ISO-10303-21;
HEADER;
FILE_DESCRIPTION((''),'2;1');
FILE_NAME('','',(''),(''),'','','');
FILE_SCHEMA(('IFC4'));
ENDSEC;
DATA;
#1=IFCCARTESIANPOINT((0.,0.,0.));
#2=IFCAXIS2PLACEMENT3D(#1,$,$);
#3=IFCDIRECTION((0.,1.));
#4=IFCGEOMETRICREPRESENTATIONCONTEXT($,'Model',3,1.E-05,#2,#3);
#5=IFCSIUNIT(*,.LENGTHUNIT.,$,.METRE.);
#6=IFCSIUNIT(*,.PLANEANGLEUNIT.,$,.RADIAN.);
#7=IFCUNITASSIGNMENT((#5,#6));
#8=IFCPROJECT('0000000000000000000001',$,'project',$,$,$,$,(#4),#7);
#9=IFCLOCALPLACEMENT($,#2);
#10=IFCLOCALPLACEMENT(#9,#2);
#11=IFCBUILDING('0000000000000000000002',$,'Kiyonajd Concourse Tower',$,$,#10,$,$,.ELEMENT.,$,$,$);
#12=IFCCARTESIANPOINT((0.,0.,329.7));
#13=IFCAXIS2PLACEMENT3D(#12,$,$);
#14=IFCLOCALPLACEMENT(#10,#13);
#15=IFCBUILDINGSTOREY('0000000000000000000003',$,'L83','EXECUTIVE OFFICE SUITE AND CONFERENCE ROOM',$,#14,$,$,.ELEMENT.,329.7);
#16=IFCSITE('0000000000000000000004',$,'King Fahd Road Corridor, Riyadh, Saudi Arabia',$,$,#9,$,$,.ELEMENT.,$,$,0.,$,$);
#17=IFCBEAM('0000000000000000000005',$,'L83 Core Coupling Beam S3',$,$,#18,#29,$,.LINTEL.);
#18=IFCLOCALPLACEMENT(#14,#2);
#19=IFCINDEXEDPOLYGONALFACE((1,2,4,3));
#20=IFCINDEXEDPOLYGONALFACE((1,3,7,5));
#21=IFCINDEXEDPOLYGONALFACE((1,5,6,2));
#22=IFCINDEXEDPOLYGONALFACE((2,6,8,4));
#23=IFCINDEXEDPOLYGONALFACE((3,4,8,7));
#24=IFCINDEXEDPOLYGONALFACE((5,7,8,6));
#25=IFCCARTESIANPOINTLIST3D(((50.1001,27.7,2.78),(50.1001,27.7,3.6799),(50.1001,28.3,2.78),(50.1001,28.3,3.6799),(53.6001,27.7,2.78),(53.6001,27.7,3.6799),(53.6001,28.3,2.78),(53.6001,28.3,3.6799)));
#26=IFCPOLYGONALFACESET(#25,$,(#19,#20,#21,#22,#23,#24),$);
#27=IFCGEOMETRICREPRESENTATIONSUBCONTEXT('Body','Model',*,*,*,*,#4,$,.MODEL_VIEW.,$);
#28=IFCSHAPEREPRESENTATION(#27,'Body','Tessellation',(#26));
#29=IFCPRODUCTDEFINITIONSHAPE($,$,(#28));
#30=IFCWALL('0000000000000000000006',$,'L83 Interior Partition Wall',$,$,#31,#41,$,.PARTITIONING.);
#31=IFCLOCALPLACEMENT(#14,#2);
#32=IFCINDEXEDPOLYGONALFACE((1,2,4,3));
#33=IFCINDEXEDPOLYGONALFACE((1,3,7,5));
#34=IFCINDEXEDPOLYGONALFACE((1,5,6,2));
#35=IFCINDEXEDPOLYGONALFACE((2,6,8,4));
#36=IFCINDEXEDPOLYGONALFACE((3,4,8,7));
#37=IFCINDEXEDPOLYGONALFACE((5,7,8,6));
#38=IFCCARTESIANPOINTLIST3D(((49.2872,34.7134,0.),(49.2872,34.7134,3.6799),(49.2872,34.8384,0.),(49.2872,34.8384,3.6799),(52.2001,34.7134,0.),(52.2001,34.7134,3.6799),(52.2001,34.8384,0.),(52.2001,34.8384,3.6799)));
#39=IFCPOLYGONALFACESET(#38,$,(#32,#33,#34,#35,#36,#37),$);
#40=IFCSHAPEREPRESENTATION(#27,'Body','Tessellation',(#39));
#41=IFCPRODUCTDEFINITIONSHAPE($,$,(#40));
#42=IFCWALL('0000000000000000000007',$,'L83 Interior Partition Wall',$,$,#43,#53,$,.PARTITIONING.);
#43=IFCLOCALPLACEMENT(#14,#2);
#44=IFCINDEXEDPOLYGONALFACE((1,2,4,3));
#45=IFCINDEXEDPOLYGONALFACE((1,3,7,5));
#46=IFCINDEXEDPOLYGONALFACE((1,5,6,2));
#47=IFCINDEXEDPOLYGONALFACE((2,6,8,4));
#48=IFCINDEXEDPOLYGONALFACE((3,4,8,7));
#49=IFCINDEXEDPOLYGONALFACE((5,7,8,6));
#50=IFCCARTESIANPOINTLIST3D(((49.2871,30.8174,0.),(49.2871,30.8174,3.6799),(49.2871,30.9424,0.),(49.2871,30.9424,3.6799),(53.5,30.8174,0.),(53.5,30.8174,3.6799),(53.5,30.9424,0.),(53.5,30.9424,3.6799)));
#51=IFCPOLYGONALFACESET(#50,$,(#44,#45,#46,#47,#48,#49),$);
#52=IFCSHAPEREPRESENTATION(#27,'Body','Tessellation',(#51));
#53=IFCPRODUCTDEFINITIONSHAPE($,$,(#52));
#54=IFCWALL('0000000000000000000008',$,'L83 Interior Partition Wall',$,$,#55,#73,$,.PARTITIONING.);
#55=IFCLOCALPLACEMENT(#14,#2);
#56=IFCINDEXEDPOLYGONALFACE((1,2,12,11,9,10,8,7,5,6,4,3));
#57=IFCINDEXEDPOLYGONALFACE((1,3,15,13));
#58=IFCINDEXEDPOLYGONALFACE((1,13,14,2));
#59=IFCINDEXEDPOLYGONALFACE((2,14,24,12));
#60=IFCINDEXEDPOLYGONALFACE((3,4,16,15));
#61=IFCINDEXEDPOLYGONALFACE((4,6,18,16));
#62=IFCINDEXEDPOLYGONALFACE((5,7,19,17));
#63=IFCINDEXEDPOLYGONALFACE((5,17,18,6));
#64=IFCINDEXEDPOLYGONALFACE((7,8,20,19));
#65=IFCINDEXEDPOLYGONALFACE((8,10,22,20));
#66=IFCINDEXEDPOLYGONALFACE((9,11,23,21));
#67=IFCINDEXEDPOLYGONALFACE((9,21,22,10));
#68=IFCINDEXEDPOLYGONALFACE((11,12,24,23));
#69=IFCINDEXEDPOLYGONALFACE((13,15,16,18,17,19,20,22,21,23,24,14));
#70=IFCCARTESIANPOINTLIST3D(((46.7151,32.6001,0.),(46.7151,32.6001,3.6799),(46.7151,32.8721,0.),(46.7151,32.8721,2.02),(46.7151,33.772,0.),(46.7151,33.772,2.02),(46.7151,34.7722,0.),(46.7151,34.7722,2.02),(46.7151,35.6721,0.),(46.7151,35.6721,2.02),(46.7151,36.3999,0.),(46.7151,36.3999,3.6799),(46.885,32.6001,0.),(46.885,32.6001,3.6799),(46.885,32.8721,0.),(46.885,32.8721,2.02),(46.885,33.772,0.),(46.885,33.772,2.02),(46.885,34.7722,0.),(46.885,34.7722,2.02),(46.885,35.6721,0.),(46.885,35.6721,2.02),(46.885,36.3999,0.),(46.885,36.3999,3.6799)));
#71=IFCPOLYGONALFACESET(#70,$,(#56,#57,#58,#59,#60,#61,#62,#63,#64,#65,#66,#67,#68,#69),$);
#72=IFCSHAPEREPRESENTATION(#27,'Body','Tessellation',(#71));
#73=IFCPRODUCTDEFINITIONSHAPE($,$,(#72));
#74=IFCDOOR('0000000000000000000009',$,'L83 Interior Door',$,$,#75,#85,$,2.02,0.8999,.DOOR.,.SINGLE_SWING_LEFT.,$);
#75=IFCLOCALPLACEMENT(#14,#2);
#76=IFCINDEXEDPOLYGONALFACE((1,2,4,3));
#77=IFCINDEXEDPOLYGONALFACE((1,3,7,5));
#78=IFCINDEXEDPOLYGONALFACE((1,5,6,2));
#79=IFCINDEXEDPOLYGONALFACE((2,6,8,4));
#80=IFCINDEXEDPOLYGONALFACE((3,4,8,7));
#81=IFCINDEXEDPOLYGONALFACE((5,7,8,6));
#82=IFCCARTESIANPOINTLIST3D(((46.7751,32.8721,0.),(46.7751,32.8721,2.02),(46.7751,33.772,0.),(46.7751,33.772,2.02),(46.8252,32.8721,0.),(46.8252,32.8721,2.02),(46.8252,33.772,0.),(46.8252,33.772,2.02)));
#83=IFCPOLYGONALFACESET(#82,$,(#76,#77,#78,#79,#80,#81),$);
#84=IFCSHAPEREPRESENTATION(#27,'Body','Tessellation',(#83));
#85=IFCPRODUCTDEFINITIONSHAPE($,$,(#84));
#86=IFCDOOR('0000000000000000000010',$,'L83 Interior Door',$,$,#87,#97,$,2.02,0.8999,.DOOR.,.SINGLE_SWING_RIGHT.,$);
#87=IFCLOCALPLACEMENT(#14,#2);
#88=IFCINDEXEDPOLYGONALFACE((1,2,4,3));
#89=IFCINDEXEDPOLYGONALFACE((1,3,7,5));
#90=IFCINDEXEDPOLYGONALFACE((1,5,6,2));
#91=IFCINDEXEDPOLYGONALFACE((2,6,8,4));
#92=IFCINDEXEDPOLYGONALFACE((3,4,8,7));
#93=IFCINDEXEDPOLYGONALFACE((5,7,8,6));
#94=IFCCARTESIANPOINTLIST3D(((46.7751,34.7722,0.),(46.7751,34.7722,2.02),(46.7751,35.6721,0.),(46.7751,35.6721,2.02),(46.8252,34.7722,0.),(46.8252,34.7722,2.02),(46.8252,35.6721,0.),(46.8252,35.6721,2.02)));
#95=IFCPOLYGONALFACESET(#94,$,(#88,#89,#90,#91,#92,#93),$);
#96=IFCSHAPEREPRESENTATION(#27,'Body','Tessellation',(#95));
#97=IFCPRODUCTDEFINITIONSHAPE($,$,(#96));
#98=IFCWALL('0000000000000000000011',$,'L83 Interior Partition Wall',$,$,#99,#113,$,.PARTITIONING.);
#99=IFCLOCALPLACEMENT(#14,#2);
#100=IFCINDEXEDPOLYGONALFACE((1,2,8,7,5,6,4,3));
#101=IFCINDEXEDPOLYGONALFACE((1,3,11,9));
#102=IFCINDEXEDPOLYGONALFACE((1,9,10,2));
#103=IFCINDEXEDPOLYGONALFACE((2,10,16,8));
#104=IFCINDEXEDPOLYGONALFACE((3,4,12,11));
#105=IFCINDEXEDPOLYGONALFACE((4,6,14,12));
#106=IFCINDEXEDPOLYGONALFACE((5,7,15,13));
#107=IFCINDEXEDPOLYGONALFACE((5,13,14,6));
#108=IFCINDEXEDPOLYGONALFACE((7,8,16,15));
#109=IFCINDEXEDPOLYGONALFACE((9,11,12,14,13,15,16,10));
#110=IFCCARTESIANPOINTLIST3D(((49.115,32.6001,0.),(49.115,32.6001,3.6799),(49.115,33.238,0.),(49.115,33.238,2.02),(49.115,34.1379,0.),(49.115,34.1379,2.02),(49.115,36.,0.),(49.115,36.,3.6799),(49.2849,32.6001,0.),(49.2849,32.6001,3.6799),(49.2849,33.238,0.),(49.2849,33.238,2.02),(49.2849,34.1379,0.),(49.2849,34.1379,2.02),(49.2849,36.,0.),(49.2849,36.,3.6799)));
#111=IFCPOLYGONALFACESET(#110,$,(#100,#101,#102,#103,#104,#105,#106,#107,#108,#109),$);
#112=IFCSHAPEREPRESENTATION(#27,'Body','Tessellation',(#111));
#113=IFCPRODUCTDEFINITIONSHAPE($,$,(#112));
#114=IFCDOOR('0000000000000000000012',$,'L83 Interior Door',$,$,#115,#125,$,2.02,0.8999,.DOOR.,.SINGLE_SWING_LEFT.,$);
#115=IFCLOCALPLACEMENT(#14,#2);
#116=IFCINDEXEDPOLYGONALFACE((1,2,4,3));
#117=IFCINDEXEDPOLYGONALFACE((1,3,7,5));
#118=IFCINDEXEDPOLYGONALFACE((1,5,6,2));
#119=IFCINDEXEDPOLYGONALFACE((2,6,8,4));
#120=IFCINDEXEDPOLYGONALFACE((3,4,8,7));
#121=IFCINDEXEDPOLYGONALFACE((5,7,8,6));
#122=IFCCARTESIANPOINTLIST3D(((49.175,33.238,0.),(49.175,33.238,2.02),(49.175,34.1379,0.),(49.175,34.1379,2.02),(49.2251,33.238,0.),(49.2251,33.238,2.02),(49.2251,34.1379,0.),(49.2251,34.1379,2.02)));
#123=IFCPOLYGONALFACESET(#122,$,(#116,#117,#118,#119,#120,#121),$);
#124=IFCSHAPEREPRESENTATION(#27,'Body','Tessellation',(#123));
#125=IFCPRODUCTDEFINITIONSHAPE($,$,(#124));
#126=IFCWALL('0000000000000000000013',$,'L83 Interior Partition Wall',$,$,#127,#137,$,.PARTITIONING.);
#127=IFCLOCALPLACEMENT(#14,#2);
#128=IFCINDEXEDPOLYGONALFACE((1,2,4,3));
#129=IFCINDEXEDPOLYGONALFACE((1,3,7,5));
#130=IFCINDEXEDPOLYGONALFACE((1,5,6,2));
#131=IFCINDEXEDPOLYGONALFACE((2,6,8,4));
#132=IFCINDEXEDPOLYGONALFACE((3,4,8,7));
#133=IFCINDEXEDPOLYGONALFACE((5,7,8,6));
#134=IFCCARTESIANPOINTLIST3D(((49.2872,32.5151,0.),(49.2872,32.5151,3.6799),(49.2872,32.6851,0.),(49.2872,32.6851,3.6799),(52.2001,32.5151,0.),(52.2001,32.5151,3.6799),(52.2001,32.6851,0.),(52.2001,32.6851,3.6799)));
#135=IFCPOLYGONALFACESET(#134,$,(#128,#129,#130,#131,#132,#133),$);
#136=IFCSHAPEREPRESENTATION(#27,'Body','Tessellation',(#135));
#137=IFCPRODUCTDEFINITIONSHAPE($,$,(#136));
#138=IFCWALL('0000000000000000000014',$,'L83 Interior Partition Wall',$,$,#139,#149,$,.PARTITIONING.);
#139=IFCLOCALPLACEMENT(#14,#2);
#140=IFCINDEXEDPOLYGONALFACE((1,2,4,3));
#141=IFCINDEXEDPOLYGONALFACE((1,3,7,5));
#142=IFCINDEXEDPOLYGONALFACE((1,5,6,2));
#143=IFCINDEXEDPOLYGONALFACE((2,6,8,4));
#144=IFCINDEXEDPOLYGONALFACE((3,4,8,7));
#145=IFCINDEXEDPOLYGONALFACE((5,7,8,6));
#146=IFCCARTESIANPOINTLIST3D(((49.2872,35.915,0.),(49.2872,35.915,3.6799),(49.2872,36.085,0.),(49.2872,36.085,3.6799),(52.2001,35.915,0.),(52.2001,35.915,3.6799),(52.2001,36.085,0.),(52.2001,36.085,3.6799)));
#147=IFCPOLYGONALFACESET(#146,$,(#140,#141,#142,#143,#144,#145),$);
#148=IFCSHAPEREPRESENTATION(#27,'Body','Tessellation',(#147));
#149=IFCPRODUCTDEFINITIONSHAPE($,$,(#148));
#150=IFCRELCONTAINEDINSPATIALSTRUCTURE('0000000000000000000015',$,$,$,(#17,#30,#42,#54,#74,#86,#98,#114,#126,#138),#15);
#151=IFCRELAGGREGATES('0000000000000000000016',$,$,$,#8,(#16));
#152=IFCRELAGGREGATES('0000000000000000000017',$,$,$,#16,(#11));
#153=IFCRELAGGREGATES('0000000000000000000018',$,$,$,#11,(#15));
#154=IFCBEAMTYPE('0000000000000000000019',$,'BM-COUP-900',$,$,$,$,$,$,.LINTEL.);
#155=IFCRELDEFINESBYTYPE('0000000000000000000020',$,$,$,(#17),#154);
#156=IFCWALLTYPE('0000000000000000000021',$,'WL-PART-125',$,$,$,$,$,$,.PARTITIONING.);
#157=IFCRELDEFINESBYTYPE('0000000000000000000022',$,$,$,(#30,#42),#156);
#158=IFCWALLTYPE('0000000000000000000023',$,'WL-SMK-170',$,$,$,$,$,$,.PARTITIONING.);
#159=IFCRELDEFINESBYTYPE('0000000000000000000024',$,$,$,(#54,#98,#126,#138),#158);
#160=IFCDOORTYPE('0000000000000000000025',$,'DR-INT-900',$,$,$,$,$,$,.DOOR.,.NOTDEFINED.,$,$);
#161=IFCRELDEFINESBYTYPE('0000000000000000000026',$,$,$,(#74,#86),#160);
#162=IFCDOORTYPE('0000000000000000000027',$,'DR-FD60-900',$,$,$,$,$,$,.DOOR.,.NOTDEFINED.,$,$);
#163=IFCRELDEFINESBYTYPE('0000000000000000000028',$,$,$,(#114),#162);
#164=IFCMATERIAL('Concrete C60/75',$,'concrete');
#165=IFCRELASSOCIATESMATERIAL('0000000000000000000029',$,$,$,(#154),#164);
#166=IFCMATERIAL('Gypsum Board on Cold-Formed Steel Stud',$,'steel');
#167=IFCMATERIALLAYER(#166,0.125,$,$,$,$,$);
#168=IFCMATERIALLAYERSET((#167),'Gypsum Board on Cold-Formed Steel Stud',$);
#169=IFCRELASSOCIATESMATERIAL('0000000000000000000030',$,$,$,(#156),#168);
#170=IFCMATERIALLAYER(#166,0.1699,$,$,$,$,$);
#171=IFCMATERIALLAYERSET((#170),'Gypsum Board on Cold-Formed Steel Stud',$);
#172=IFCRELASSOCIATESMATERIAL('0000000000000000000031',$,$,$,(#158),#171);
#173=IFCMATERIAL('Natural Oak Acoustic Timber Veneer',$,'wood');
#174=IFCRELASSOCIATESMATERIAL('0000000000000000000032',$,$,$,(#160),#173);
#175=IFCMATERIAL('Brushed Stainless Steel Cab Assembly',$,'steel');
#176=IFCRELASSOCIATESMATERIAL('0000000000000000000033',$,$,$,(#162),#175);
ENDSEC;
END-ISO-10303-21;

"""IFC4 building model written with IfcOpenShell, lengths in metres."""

from ifc_helpers import new_model, si_unit, direction, frame, frame_2d, origin, origin_2d, place, context, subcontext, project, spatial, rectangle, extrude, material, layer, layer_set, material_profile, profile_set, type_object, element, fill, save


model = new_model("IFC4")

# Units and contexts
model_context = context("Model", 3, precision=1e-05, world=origin(), true_north=direction((0.0, 1.0)))
body_context = subcontext(model_context, "Body", "Model", "MODEL_VIEW")
ifc_project = project(units=[si_unit("LENGTHUNIT", "METRE"), si_unit("PLANEANGLEUNIT", "RADIAN")], contexts=[model_context])

# Site, building, storey
site_placement = place(None, origin())
site = spatial("IfcSite", under=ifc_project, at=site_placement, Name="King Fahd Road Corridor, Riyadh, Saudi Arabia", CompositionType="ELEMENT", RefElevation=0.0)
building_placement = place(site_placement, origin())
building = spatial("IfcBuilding", under=site, at=building_placement, Name="Kiyonajd Concourse Tower", CompositionType="ELEMENT")
storey_placement = place(building_placement, frame((0.0, 0.0, 329.7)))
storey = spatial("IfcBuildingStorey", under=building, at=storey_placement, Name="L83", Description="EXECUTIVE OFFICE SUITE AND CONFERENCE ROOM", CompositionType="ELEMENT", Elevation=329.7)

# Beam
ifc_material_1 = material(Name="Concrete C60/75", Category="concrete")
ifc_material_profile = material_profile(ifc_material_1, rectangle(XDim=0.6001, YDim=0.8999, at=origin_2d()), Name="RCBM-600x900")
ifc_profile_set = profile_set([ifc_material_profile], Name="Concrete C60/75")
beam_type = type_object("IfcBeamType", Name="BM-COUP-900", PredefinedType="LINTEL", material=ifc_profile_set)
beam_placement = place(storey_placement, frame((50.1001, 28.0, 3.23), z_axis=(1.0, 0.0, 0.0), x_axis=(0.0, 1.0, 0.0)))
element("IfcBeam", 1, at=beam_placement, inside=storey, type_object=beam_type, Name="L83 Core Coupling Beam S3", PredefinedType="LINTEL", context=body_context, shape_type="SweptSolid", body=[
    extrude(rectangle(XDim=0.6001, YDim=0.8999, at=origin_2d()), origin(), (0.0, 0.0, 1.0), 3.5),
])

# Walls
ifc_material_2 = material(Name="Gypsum Board on Cold-Formed Steel Stud", Category="steel")
ifc_layer_1 = layer(ifc_material_2, 0.125)
ifc_layer_set_1 = layer_set([ifc_layer_1], Name="Gypsum Board on Cold-Formed Steel Stud")
wall_type_1 = type_object("IfcWallType", Name="WL-PART-125", PredefinedType="PARTITIONING", material=ifc_layer_set_1)
wall_1_placement = place(storey_placement, frame((49.2871, 34.7759, 0.0), z_axis=(0.0, 0.0, 1.0), x_axis=(1.0, 0.0, 0.0)))
element("IfcWall", 2, at=wall_1_placement, inside=storey, type_object=wall_type_1, Name="L83 Interior Partition Wall", PredefinedType="PARTITIONING", context=body_context, shape_type="SweptSolid", body=[
    extrude(rectangle(XDim=2.9128, YDim=0.125, at=frame_2d((1.4565, 0.0))), origin(), (0.0, 0.0, 1.0), 3.6799),
])
wall_2_placement = place(storey_placement, frame((49.2871, 30.8799, 0.0), z_axis=(0.0, 0.0, 1.0), x_axis=(1.0, 0.0, 0.0)))
element("IfcWall", 3, at=wall_2_placement, inside=storey, type_object=wall_type_1, Name="L83 Interior Partition Wall", PredefinedType="PARTITIONING", context=body_context, shape_type="SweptSolid", body=[
    extrude(rectangle(XDim=4.2129, YDim=0.125, at=frame_2d((2.1064, 0.0))), origin(), (0.0, 0.0, 1.0), 3.6799),
])

# Wall, openings, doors
ifc_layer_2 = layer(ifc_material_2, 0.1699)
ifc_layer_set_2 = layer_set([ifc_layer_2], Name="Gypsum Board on Cold-Formed Steel Stud")
wall_type_2 = type_object("IfcWallType", Name="WL-SMK-170", PredefinedType="PARTITIONING", material=ifc_layer_set_2)
wall_3_placement = place(storey_placement, frame((46.8, 32.6001, 0.0), z_axis=(0.0, 0.0, 1.0), x_axis=(0.0, 1.0, 0.0)))
wall_3 = element("IfcWall", 4, at=wall_3_placement, inside=storey, type_object=wall_type_2, Name="L83 Interior Partition Wall", PredefinedType="PARTITIONING", context=body_context, shape_type="SweptSolid", body=[
    extrude(rectangle(XDim=3.7998, YDim=0.1699, at=frame_2d((1.8999, 0.0))), origin(), (0.0, 0.0, 1.0), 3.6799),
])
opening_1_placement = place(wall_3_placement, frame((0.272, 0.0, 0.0)))
opening_1 = element("IfcOpeningElement", 5, at=opening_1_placement, cuts=wall_3, PredefinedType="OPENING", context=body_context, shape_type="SweptSolid", body=[
    extrude(rectangle(XDim=0.8999, YDim=2.02, at=frame_2d((0.45, 1.01))), frame((0.0, 0.095, 0.0), z_axis=(0.0, -1.0, 0.0), x_axis=(1.0, 0.0, 0.0)), (0.0, 0.0, 1.0), 0.1899),
])
opening_2_placement = place(wall_3_placement, frame((2.1721, 0.0, 0.0)))
opening_2 = element("IfcOpeningElement", 6, at=opening_2_placement, cuts=wall_3, PredefinedType="OPENING", context=body_context, shape_type="SweptSolid", body=[
    extrude(rectangle(XDim=0.8999, YDim=2.02, at=frame_2d((0.45, 1.01))), frame((0.0, 0.095, 0.0), z_axis=(0.0, -1.0, 0.0), x_axis=(1.0, 0.0, 0.0)), (0.0, 0.0, 1.0), 0.1899),
])
ifc_material_3 = material(Name="Natural Oak Acoustic Timber Veneer", Category="wood")
door_type_1 = type_object("IfcDoorType", Name="DR-INT-900", OperationType="NOTDEFINED", PredefinedType="DOOR", material=ifc_material_3)
door_1_placement = place(opening_1_placement, origin())
door_1 = element("IfcDoor", 7, at=door_1_placement, inside=storey, type_object=door_type_1, Name="L83 Interior Door", OperationType="SINGLE_SWING_LEFT", OverallHeight=2.02, OverallWidth=0.8999, PredefinedType="DOOR", context=body_context, shape_type="SweptSolid", body=[
    extrude(rectangle(XDim=0.8999, YDim=2.02, at=frame_2d((0.45, 1.01))), frame((0.0, 0.0249, 0.0), z_axis=(0.0, -1.0, 0.0), x_axis=(1.0, 0.0, 0.0)), (0.0, 0.0, 1.0), 0.05),
])
fill(opening_1, door_1)
door_2_placement = place(opening_2_placement, origin())
door_2 = element("IfcDoor", 8, at=door_2_placement, inside=storey, type_object=door_type_1, Name="L83 Interior Door", OperationType="SINGLE_SWING_RIGHT", OverallHeight=2.02, OverallWidth=0.8999, PredefinedType="DOOR", context=body_context, shape_type="SweptSolid", body=[
    extrude(rectangle(XDim=0.8999, YDim=2.02, at=frame_2d((0.45, 1.01))), frame((0.0, 0.0249, 0.0), z_axis=(0.0, -1.0, 0.0), x_axis=(1.0, 0.0, 0.0)), (0.0, 0.0, 1.0), 0.05),
])
fill(opening_2, door_2)

# Wall, opening, door
wall_4_placement = place(storey_placement, frame((49.2, 32.6001, 0.0), z_axis=(0.0, 0.0, 1.0), x_axis=(0.0, 1.0, 0.0)))
wall_4 = element("IfcWall", 9, at=wall_4_placement, inside=storey, type_object=wall_type_2, Name="L83 Interior Partition Wall", PredefinedType="PARTITIONING", context=body_context, shape_type="SweptSolid", body=[
    extrude(rectangle(XDim=3.3999, YDim=0.1699, at=frame_2d((1.7, 0.0))), origin(), (0.0, 0.0, 1.0), 3.6799),
])
opening_3_placement = place(wall_4_placement, frame((0.6379, 0.0, 0.0)))
opening_3 = element("IfcOpeningElement", 10, at=opening_3_placement, cuts=wall_4, PredefinedType="OPENING", context=body_context, shape_type="SweptSolid", body=[
    extrude(rectangle(XDim=0.8999, YDim=2.02, at=frame_2d((0.45, 1.01))), frame((0.0, 0.095, 0.0), z_axis=(0.0, -1.0, 0.0), x_axis=(1.0, 0.0, 0.0)), (0.0, 0.0, 1.0), 0.1899),
])
ifc_material_4 = material(Name="Brushed Stainless Steel Cab Assembly", Category="steel")
door_type_2 = type_object("IfcDoorType", Name="DR-FD60-900", OperationType="NOTDEFINED", PredefinedType="DOOR", material=ifc_material_4)
door_3_placement = place(opening_3_placement, origin())
door_3 = element("IfcDoor", 11, at=door_3_placement, inside=storey, type_object=door_type_2, Name="L83 Interior Door", OperationType="SINGLE_SWING_LEFT", OverallHeight=2.02, OverallWidth=0.8999, PredefinedType="DOOR", context=body_context, shape_type="SweptSolid", body=[
    extrude(rectangle(XDim=0.8999, YDim=2.02, at=frame_2d((0.45, 1.01))), frame((0.0, 0.0249, 0.0), z_axis=(0.0, -1.0, 0.0), x_axis=(1.0, 0.0, 0.0)), (0.0, 0.0, 1.0), 0.05),
])
fill(opening_3, door_3)

# Walls
for number, where, z_axis, x_axis, name in (
    (12, (49.2871, 32.6001, 0.0), (0.0, 0.0, 1.0), (1.0, 0.0, 0.0), "L83 Interior Partition Wall"),
    (13, (49.2871, 36.0, 0.0), (0.0, 0.0, 1.0), (1.0, 0.0, 0.0), "L83 Interior Partition Wall"),
):
    element("IfcWall", number, at=place(storey_placement, frame(where, z_axis=z_axis, x_axis=x_axis)), inside=storey, type_object=wall_type_2, Name=name, PredefinedType="PARTITIONING", context=body_context, shape_type="SweptSolid", body=[
        extrude(rectangle(XDim=2.9128, YDim=0.1699, at=frame_2d((1.4565, 0.0))), origin(), (0.0, 0.0, 1.0), 3.6799),
    ])

save(model, "model.ifc")
